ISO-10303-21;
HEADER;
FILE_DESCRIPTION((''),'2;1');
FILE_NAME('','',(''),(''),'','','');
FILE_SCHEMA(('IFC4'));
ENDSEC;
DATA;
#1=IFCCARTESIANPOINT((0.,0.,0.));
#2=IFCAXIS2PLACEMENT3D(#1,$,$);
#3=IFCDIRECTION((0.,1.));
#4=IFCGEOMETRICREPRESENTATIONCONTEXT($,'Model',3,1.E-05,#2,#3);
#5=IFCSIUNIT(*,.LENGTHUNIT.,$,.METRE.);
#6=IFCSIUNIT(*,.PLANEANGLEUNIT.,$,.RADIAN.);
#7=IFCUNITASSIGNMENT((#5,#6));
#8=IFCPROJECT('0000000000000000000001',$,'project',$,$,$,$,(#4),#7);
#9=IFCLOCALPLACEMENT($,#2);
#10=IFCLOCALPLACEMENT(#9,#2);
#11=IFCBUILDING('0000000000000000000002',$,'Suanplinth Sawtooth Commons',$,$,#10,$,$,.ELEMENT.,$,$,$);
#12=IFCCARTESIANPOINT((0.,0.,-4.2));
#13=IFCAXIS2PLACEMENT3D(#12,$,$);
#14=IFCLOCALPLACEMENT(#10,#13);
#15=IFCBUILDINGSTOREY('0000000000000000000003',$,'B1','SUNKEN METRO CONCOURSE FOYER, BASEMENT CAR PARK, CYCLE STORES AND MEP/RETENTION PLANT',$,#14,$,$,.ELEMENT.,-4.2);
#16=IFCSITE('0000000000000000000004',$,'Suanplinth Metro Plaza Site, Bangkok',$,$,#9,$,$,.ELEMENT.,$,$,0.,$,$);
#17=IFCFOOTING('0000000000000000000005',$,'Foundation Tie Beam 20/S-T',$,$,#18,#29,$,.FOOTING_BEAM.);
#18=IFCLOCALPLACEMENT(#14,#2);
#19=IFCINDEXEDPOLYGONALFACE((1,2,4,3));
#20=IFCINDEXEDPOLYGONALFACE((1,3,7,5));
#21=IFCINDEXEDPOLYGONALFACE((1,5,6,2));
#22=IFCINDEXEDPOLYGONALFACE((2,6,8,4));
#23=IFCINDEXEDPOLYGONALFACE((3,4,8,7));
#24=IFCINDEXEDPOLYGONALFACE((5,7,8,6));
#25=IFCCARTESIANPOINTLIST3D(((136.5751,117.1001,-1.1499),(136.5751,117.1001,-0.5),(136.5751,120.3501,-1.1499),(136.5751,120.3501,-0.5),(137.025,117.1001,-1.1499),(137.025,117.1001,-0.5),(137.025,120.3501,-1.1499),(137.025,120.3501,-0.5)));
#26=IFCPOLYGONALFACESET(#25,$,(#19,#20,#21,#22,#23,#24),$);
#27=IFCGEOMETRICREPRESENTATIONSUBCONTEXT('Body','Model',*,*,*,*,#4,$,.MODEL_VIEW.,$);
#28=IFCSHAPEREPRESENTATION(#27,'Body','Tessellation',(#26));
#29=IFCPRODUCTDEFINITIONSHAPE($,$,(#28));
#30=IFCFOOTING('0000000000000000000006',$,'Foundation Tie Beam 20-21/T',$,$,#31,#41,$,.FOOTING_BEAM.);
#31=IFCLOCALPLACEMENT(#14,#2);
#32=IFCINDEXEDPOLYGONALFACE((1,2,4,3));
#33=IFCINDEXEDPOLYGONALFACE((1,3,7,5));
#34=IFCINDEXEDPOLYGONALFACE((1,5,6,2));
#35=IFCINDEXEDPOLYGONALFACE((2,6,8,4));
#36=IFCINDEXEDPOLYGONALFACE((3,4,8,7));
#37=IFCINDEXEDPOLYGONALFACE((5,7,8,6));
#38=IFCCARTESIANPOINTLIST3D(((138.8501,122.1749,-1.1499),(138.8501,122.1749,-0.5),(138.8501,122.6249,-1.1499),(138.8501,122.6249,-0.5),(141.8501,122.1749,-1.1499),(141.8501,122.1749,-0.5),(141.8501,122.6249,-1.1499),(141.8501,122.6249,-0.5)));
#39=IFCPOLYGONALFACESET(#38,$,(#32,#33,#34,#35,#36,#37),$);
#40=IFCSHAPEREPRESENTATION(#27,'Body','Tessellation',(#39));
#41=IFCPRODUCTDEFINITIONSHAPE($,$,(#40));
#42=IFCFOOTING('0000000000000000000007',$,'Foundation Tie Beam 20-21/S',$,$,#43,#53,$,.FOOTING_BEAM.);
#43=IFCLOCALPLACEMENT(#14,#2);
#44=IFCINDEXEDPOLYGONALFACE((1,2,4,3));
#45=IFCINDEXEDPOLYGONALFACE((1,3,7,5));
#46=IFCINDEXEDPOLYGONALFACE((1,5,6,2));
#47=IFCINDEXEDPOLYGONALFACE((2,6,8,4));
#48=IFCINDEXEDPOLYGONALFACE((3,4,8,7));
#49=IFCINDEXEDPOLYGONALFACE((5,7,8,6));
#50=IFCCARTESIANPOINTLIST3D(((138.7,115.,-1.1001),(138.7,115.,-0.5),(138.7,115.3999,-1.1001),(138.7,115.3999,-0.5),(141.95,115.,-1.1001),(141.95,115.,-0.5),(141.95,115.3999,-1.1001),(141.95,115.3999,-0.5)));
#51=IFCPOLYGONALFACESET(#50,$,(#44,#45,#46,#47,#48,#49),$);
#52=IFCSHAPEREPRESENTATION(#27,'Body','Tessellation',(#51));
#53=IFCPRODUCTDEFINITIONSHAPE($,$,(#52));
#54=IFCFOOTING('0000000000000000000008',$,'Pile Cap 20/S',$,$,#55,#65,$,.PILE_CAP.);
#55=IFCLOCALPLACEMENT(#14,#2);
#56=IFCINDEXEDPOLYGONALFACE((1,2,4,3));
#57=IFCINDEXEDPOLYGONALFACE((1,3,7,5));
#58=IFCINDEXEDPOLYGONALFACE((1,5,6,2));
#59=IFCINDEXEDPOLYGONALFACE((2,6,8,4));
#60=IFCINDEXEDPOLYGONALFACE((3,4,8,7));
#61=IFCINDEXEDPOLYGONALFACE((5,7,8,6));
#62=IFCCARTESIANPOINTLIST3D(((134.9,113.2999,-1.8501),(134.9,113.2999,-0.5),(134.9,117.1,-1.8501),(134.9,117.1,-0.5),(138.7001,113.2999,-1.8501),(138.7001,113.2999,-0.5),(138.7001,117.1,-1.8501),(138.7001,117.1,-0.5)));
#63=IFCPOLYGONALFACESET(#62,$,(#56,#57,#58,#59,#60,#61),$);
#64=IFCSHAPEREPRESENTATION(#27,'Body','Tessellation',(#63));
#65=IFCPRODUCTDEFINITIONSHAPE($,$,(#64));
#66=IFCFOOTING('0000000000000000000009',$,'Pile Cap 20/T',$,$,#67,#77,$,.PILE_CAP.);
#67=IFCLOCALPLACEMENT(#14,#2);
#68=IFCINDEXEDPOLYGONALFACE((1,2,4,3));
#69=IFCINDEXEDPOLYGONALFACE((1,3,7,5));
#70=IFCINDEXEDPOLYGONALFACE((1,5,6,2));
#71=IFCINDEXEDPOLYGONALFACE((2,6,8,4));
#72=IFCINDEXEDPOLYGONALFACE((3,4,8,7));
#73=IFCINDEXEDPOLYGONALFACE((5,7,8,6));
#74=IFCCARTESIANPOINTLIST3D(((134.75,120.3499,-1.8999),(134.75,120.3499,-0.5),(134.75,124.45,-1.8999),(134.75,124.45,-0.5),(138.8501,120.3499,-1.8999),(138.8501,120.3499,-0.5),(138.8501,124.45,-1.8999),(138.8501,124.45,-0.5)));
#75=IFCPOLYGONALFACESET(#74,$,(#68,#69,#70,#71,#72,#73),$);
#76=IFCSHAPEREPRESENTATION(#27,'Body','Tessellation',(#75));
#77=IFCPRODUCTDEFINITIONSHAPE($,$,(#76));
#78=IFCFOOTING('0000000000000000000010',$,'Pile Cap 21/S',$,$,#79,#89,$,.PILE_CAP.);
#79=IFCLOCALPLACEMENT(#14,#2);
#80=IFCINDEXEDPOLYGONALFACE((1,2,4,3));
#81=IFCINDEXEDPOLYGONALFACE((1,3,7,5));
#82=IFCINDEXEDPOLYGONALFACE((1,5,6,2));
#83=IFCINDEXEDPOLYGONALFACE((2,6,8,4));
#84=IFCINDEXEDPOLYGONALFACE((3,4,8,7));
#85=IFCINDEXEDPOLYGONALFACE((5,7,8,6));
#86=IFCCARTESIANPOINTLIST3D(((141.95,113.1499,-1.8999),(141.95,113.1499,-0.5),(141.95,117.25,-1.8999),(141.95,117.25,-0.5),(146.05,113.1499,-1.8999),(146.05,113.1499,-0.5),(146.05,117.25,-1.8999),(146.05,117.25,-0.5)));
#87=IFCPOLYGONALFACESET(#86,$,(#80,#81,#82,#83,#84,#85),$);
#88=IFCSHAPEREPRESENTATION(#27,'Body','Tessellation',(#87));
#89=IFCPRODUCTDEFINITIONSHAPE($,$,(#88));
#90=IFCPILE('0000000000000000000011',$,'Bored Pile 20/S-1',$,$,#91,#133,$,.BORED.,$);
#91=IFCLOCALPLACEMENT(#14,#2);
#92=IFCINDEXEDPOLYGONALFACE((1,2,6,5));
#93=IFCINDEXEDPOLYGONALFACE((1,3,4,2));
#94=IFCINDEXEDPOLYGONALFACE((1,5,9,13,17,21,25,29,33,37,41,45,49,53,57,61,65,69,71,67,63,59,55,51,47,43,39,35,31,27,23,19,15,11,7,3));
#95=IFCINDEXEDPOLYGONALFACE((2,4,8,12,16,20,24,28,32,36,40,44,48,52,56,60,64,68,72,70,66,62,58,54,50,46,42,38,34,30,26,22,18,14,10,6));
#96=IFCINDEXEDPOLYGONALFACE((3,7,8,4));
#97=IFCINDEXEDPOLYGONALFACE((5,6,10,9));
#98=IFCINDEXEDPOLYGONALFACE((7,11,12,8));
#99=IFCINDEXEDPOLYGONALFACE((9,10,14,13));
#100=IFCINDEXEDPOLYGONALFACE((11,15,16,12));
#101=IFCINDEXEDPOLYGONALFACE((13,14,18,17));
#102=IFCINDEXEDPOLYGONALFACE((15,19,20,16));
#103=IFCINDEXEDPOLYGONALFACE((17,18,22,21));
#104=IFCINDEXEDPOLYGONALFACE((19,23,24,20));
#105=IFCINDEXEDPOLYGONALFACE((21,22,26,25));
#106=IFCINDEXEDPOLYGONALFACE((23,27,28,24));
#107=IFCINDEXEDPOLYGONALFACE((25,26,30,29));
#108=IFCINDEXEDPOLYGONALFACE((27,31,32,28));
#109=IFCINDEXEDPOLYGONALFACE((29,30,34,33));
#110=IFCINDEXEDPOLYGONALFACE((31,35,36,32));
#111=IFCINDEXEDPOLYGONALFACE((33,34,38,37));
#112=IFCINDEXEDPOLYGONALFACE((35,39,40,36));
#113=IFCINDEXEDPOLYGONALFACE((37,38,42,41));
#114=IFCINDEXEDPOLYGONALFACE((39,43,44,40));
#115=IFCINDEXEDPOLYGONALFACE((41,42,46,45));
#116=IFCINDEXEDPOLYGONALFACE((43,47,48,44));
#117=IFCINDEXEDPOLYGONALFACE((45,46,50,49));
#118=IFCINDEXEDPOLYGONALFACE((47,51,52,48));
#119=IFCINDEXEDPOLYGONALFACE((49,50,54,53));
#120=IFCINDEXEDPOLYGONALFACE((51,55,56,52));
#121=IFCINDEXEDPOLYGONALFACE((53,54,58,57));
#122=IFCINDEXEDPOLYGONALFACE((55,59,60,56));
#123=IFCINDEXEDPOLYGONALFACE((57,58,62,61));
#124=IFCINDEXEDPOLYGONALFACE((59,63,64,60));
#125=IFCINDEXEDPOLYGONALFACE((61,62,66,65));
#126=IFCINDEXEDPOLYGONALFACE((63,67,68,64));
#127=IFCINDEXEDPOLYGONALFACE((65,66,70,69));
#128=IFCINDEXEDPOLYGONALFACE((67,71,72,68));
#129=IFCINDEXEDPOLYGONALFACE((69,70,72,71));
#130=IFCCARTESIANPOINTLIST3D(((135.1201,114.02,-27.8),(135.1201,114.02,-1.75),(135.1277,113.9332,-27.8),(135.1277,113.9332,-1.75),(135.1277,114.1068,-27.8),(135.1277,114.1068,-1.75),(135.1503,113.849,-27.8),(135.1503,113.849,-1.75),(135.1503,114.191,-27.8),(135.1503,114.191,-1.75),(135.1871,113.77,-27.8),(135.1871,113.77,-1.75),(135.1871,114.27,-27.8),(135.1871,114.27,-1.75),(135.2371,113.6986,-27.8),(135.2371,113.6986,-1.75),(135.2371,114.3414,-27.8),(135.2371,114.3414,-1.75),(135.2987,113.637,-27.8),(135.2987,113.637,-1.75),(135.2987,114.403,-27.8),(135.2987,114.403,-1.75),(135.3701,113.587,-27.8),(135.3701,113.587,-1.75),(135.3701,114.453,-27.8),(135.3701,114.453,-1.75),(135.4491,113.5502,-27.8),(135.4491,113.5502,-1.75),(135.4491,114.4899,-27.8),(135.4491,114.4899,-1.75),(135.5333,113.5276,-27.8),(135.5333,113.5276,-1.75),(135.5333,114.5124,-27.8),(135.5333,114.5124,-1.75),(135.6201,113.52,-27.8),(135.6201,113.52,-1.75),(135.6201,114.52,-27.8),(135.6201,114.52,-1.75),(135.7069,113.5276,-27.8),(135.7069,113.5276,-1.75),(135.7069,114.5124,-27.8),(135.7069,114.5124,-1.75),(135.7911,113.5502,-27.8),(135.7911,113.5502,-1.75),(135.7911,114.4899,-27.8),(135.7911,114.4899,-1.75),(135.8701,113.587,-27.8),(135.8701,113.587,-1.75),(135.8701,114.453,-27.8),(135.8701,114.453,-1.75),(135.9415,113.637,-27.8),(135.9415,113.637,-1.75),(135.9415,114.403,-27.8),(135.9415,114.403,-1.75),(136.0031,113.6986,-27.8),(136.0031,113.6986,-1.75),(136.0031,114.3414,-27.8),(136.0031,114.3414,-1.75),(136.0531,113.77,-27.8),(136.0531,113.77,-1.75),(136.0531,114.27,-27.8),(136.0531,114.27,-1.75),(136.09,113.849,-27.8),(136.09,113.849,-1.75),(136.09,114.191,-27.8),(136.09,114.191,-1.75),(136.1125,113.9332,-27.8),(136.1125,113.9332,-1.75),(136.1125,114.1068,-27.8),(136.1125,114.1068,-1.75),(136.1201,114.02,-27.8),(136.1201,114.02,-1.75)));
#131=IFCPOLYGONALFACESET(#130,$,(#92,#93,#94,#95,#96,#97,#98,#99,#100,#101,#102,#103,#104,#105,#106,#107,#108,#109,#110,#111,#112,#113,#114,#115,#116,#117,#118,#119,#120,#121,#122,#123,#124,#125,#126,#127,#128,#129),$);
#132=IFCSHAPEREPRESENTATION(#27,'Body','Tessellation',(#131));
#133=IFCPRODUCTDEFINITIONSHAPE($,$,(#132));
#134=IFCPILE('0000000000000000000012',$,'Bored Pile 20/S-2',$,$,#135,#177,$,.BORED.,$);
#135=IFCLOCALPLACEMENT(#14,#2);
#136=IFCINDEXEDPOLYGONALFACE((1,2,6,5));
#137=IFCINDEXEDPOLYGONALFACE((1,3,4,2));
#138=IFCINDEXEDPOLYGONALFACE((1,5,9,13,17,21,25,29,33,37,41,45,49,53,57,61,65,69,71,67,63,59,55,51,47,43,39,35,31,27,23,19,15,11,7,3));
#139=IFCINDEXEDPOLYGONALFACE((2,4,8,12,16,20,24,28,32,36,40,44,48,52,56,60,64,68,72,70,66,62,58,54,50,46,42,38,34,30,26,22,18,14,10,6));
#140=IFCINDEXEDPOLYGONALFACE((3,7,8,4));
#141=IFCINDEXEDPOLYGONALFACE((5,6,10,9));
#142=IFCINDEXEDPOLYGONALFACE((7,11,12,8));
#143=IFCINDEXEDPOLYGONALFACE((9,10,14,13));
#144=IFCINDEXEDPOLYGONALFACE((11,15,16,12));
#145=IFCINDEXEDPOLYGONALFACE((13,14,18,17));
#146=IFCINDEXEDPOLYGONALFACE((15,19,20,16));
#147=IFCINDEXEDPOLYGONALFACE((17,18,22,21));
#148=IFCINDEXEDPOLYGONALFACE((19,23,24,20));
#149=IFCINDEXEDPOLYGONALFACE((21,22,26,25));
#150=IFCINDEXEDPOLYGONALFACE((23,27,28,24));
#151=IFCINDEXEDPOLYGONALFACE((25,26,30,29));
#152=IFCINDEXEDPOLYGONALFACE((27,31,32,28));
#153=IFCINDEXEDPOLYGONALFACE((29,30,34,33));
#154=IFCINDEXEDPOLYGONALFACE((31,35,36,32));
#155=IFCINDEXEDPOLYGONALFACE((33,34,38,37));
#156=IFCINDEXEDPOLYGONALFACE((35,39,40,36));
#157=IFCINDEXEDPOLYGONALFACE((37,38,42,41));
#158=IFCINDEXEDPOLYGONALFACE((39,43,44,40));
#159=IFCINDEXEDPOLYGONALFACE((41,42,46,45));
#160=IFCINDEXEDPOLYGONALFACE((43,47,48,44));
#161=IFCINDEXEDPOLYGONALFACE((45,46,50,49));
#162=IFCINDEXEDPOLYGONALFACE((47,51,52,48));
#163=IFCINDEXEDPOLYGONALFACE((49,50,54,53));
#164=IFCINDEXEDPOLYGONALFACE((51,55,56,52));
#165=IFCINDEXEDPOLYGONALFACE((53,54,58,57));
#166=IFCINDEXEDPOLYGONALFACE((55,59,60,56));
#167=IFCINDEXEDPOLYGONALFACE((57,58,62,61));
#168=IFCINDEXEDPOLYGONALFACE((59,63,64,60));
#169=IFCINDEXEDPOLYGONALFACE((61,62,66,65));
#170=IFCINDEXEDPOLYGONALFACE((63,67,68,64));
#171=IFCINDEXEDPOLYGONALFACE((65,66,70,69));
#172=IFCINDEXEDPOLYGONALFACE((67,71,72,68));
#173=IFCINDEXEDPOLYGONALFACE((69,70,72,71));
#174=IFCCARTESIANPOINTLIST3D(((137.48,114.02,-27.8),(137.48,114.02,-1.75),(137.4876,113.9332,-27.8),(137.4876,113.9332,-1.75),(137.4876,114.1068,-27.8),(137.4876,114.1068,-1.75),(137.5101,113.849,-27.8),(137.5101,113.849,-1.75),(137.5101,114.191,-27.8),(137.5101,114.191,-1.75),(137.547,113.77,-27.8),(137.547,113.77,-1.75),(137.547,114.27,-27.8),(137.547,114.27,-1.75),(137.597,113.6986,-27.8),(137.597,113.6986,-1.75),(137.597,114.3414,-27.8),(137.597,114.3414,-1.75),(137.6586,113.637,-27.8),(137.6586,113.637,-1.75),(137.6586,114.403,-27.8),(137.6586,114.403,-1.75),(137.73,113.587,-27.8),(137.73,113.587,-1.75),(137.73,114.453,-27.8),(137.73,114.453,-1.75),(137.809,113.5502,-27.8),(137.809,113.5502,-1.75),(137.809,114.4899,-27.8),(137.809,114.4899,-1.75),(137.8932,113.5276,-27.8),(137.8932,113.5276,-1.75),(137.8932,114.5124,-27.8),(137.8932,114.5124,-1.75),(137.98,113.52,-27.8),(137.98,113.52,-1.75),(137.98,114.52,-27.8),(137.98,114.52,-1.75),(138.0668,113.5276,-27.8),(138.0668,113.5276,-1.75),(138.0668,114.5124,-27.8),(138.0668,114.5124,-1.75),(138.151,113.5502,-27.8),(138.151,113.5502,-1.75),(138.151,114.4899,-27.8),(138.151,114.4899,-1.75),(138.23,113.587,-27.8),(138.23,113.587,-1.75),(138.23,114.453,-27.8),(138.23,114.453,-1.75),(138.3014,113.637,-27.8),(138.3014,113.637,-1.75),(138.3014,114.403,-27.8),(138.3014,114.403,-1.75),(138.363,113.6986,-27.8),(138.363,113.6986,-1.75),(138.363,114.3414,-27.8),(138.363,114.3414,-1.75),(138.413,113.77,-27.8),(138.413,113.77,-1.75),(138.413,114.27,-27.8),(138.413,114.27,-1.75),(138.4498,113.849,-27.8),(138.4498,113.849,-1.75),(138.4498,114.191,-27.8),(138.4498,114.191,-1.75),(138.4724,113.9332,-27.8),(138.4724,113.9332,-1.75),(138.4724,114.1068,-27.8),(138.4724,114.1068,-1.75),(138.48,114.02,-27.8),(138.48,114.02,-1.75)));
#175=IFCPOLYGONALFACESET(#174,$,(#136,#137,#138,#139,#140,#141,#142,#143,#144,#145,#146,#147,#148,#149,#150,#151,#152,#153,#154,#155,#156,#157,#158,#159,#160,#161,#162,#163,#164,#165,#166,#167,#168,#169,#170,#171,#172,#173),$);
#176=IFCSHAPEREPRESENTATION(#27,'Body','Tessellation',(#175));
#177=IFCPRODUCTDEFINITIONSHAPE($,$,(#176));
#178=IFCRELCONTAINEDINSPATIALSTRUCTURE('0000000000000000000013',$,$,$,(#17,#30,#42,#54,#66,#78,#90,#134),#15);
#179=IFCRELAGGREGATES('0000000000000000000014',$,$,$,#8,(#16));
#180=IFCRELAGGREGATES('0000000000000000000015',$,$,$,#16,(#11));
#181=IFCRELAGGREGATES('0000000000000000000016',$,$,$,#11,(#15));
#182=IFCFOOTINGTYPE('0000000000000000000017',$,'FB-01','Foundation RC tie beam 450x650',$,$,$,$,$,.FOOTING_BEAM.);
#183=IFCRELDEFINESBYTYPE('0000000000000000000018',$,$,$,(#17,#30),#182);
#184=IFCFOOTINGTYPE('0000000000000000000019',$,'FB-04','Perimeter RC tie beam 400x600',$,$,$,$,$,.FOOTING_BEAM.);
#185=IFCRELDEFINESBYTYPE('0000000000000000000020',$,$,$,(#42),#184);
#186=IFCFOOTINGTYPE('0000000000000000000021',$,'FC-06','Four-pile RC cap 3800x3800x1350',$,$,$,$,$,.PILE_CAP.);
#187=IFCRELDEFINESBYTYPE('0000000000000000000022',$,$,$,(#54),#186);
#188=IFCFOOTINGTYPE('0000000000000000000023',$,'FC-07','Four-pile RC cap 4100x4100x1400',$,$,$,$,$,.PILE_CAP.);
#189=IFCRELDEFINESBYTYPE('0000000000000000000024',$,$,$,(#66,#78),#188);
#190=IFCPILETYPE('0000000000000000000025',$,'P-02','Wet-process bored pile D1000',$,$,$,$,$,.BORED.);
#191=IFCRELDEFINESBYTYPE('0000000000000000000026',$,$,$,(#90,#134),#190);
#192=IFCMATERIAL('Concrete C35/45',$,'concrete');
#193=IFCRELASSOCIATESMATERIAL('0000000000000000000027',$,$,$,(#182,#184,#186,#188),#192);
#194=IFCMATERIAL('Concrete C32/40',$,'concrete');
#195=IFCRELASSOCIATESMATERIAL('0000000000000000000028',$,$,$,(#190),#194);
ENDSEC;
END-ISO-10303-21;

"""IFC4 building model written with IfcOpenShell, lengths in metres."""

from ifc_helpers import new_model, si_unit, direction, frame, origin, origin_2d, place, context, subcontext, project, spatial, rectangle, circle, extrude, material, material_profile, profile_set, type_object, element, save


model = new_model("IFC4")

# Units and contexts
model_context = context("Model", 3, precision=1e-05, world=origin(), true_north=direction((0.0, 1.0)))
body_context = subcontext(model_context, "Body", "Model", "MODEL_VIEW")
ifc_project = project(units=[si_unit("LENGTHUNIT", "METRE"), si_unit("PLANEANGLEUNIT", "RADIAN")], contexts=[model_context])

# Site, building, storey
site_placement = place(None, origin())
site = spatial("IfcSite", under=ifc_project, at=site_placement, Name="Suanplinth Metro Plaza Site, Bangkok", CompositionType="ELEMENT", RefElevation=0.0)
building_placement = place(site_placement, origin())
building = spatial("IfcBuilding", under=site, at=building_placement, Name="Suanplinth Sawtooth Commons", CompositionType="ELEMENT")
storey_placement = place(building_placement, frame((0.0, 0.0, -4.2)))
storey = spatial("IfcBuildingStorey", under=building, at=storey_placement, Name="B1", Description="SUNKEN METRO CONCOURSE FOYER, BASEMENT CAR PARK, CYCLE STORES AND MEP/RETENTION PLANT", CompositionType="ELEMENT", Elevation=-4.2)

# Footings
ifc_material_1 = material(Name="Concrete C35/45", Category="concrete")
ifc_material_profile_1 = material_profile(ifc_material_1, rectangle(XDim=0.45, YDim=0.6499, at=origin_2d()), Name="PC-GDR 450x650")
ifc_profile_set_1 = profile_set([ifc_material_profile_1], Name="Concrete C35/45")
footing_type_1 = type_object("IfcFootingType", Name="FB-01", Description="Foundation RC tie beam 450x650", PredefinedType="FOOTING_BEAM", material=ifc_profile_set_1)
footing_1_placement = place(storey_placement, frame((136.8, 117.1001, -0.825), z_axis=(0.0, 1.0, 0.0), x_axis=(-1.0, 0.0, 0.0)))
element("IfcFooting", 1, at=footing_1_placement, inside=storey, type_object=footing_type_1, Name="Foundation Tie Beam 20/S-T", PredefinedType="FOOTING_BEAM", context=body_context, shape_type="SweptSolid", body=[
    extrude(rectangle(XDim=0.45, YDim=0.6499, at=origin_2d()), origin(), (0.0, 0.0, 1.0), 3.25),
])
footing_2_placement = place(storey_placement, frame((138.8501, 122.3999, -0.825), z_axis=(1.0, 0.0, 0.0), x_axis=(0.0, 1.0, 0.0)))
element("IfcFooting", 2, at=footing_2_placement, inside=storey, type_object=footing_type_1, Name="Foundation Tie Beam 20-21/T", PredefinedType="FOOTING_BEAM", context=body_context, shape_type="SweptSolid", body=[
    extrude(rectangle(XDim=0.45, YDim=0.6499, at=origin_2d()), origin(), (0.0, 0.0, 1.0), 3.0),
])
ifc_material_profile_2 = material_profile(ifc_material_1, rectangle(XDim=0.3999, YDim=0.6001, at=origin_2d()), Name="PC-GDR 400x600")
ifc_profile_set_2 = profile_set([ifc_material_profile_2], Name="Concrete C35/45")
footing_type_2 = type_object("IfcFootingType", Name="FB-04", Description="Perimeter RC tie beam 400x600", PredefinedType="FOOTING_BEAM", material=ifc_profile_set_2)
footing_3_placement = place(storey_placement, frame((138.7, 115.2, -0.8), z_axis=(1.0, 0.0, 0.0), x_axis=(0.0, 1.0, 0.0)))
element("IfcFooting", 3, at=footing_3_placement, inside=storey, type_object=footing_type_2, Name="Foundation Tie Beam 20-21/S", PredefinedType="FOOTING_BEAM", context=body_context, shape_type="SweptSolid", body=[
    extrude(rectangle(XDim=0.3999, YDim=0.6001, at=origin_2d()), origin(), (0.0, 0.0, 1.0), 3.25),
])
footing_type_3 = type_object("IfcFootingType", Name="FC-06", Description="Four-pile RC cap 3800x3800x1350", PredefinedType="PILE_CAP", material=ifc_material_1)
footing_4_placement = place(storey_placement, frame((136.8, 115.2, -1.8501), z_axis=(0.0, 0.0, 1.0), x_axis=(1.0, 0.0, 0.0)))
element("IfcFooting", 4, at=footing_4_placement, inside=storey, type_object=footing_type_3, Name="Pile Cap 20/S", PredefinedType="PILE_CAP", context=body_context, shape_type="SweptSolid", body=[
    extrude(rectangle(XDim=3.8, YDim=3.8, at=origin_2d()), origin(), (0.0, 0.0, 1.0), 1.3501),
])
footing_type_4 = type_object("IfcFootingType", Name="FC-07", Description="Four-pile RC cap 4100x4100x1400", PredefinedType="PILE_CAP", material=ifc_material_1)
for number, where, z_axis, x_axis, name in (
    (5, (136.8, 122.3999, -1.8999), (0.0, 0.0, 1.0), (1.0, 0.0, 0.0), "Pile Cap 20/T"),
    (6, (144.0, 115.2, -1.8999), (0.0, 0.0, 1.0), (1.0, 0.0, 0.0), "Pile Cap 21/S"),
):
    element("IfcFooting", number, at=place(storey_placement, frame(where, z_axis=z_axis, x_axis=x_axis)), inside=storey, type_object=footing_type_4, Name=name, PredefinedType="PILE_CAP", context=body_context, shape_type="SweptSolid", body=[
        extrude(rectangle(XDim=4.1001, YDim=4.1001, at=origin_2d()), origin(), (0.0, 0.0, 1.0), 1.3999),
    ])

# Piles
ifc_material_2 = material(Name="Concrete C32/40", Category="concrete")
ifc_material_profile_3 = material_profile(ifc_material_2, circle(Radius=0.5, at=origin_2d()), Name="PILE D1000")
ifc_profile_set_3 = profile_set([ifc_material_profile_3], Name="Concrete C32/40")
pile_type = type_object("IfcPileType", Name="P-02", Description="Wet-process bored pile D1000", PredefinedType="BORED", material=ifc_profile_set_3)
for number, where, z_axis, x_axis, name in (
    (7, (135.6201, 114.02, -1.75), (0.0, 0.0, -1.0), (1.0, 0.0, 0.0), "Bored Pile 20/S-1"),
    (8, (137.98, 114.02, -1.75), (0.0, 0.0, -1.0), (1.0, 0.0, 0.0), "Bored Pile 20/S-2"),
):
    element("IfcPile", number, at=place(storey_placement, frame(where, z_axis=z_axis, x_axis=x_axis)), inside=storey, type_object=pile_type, Name=name, PredefinedType="BORED", context=body_context, shape_type="SweptSolid", body=[
        extrude(circle(Radius=0.5, at=origin_2d()), origin(), (0.0, 0.0, 1.0), 26.05),
    ])

save(model, "model.ifc")
